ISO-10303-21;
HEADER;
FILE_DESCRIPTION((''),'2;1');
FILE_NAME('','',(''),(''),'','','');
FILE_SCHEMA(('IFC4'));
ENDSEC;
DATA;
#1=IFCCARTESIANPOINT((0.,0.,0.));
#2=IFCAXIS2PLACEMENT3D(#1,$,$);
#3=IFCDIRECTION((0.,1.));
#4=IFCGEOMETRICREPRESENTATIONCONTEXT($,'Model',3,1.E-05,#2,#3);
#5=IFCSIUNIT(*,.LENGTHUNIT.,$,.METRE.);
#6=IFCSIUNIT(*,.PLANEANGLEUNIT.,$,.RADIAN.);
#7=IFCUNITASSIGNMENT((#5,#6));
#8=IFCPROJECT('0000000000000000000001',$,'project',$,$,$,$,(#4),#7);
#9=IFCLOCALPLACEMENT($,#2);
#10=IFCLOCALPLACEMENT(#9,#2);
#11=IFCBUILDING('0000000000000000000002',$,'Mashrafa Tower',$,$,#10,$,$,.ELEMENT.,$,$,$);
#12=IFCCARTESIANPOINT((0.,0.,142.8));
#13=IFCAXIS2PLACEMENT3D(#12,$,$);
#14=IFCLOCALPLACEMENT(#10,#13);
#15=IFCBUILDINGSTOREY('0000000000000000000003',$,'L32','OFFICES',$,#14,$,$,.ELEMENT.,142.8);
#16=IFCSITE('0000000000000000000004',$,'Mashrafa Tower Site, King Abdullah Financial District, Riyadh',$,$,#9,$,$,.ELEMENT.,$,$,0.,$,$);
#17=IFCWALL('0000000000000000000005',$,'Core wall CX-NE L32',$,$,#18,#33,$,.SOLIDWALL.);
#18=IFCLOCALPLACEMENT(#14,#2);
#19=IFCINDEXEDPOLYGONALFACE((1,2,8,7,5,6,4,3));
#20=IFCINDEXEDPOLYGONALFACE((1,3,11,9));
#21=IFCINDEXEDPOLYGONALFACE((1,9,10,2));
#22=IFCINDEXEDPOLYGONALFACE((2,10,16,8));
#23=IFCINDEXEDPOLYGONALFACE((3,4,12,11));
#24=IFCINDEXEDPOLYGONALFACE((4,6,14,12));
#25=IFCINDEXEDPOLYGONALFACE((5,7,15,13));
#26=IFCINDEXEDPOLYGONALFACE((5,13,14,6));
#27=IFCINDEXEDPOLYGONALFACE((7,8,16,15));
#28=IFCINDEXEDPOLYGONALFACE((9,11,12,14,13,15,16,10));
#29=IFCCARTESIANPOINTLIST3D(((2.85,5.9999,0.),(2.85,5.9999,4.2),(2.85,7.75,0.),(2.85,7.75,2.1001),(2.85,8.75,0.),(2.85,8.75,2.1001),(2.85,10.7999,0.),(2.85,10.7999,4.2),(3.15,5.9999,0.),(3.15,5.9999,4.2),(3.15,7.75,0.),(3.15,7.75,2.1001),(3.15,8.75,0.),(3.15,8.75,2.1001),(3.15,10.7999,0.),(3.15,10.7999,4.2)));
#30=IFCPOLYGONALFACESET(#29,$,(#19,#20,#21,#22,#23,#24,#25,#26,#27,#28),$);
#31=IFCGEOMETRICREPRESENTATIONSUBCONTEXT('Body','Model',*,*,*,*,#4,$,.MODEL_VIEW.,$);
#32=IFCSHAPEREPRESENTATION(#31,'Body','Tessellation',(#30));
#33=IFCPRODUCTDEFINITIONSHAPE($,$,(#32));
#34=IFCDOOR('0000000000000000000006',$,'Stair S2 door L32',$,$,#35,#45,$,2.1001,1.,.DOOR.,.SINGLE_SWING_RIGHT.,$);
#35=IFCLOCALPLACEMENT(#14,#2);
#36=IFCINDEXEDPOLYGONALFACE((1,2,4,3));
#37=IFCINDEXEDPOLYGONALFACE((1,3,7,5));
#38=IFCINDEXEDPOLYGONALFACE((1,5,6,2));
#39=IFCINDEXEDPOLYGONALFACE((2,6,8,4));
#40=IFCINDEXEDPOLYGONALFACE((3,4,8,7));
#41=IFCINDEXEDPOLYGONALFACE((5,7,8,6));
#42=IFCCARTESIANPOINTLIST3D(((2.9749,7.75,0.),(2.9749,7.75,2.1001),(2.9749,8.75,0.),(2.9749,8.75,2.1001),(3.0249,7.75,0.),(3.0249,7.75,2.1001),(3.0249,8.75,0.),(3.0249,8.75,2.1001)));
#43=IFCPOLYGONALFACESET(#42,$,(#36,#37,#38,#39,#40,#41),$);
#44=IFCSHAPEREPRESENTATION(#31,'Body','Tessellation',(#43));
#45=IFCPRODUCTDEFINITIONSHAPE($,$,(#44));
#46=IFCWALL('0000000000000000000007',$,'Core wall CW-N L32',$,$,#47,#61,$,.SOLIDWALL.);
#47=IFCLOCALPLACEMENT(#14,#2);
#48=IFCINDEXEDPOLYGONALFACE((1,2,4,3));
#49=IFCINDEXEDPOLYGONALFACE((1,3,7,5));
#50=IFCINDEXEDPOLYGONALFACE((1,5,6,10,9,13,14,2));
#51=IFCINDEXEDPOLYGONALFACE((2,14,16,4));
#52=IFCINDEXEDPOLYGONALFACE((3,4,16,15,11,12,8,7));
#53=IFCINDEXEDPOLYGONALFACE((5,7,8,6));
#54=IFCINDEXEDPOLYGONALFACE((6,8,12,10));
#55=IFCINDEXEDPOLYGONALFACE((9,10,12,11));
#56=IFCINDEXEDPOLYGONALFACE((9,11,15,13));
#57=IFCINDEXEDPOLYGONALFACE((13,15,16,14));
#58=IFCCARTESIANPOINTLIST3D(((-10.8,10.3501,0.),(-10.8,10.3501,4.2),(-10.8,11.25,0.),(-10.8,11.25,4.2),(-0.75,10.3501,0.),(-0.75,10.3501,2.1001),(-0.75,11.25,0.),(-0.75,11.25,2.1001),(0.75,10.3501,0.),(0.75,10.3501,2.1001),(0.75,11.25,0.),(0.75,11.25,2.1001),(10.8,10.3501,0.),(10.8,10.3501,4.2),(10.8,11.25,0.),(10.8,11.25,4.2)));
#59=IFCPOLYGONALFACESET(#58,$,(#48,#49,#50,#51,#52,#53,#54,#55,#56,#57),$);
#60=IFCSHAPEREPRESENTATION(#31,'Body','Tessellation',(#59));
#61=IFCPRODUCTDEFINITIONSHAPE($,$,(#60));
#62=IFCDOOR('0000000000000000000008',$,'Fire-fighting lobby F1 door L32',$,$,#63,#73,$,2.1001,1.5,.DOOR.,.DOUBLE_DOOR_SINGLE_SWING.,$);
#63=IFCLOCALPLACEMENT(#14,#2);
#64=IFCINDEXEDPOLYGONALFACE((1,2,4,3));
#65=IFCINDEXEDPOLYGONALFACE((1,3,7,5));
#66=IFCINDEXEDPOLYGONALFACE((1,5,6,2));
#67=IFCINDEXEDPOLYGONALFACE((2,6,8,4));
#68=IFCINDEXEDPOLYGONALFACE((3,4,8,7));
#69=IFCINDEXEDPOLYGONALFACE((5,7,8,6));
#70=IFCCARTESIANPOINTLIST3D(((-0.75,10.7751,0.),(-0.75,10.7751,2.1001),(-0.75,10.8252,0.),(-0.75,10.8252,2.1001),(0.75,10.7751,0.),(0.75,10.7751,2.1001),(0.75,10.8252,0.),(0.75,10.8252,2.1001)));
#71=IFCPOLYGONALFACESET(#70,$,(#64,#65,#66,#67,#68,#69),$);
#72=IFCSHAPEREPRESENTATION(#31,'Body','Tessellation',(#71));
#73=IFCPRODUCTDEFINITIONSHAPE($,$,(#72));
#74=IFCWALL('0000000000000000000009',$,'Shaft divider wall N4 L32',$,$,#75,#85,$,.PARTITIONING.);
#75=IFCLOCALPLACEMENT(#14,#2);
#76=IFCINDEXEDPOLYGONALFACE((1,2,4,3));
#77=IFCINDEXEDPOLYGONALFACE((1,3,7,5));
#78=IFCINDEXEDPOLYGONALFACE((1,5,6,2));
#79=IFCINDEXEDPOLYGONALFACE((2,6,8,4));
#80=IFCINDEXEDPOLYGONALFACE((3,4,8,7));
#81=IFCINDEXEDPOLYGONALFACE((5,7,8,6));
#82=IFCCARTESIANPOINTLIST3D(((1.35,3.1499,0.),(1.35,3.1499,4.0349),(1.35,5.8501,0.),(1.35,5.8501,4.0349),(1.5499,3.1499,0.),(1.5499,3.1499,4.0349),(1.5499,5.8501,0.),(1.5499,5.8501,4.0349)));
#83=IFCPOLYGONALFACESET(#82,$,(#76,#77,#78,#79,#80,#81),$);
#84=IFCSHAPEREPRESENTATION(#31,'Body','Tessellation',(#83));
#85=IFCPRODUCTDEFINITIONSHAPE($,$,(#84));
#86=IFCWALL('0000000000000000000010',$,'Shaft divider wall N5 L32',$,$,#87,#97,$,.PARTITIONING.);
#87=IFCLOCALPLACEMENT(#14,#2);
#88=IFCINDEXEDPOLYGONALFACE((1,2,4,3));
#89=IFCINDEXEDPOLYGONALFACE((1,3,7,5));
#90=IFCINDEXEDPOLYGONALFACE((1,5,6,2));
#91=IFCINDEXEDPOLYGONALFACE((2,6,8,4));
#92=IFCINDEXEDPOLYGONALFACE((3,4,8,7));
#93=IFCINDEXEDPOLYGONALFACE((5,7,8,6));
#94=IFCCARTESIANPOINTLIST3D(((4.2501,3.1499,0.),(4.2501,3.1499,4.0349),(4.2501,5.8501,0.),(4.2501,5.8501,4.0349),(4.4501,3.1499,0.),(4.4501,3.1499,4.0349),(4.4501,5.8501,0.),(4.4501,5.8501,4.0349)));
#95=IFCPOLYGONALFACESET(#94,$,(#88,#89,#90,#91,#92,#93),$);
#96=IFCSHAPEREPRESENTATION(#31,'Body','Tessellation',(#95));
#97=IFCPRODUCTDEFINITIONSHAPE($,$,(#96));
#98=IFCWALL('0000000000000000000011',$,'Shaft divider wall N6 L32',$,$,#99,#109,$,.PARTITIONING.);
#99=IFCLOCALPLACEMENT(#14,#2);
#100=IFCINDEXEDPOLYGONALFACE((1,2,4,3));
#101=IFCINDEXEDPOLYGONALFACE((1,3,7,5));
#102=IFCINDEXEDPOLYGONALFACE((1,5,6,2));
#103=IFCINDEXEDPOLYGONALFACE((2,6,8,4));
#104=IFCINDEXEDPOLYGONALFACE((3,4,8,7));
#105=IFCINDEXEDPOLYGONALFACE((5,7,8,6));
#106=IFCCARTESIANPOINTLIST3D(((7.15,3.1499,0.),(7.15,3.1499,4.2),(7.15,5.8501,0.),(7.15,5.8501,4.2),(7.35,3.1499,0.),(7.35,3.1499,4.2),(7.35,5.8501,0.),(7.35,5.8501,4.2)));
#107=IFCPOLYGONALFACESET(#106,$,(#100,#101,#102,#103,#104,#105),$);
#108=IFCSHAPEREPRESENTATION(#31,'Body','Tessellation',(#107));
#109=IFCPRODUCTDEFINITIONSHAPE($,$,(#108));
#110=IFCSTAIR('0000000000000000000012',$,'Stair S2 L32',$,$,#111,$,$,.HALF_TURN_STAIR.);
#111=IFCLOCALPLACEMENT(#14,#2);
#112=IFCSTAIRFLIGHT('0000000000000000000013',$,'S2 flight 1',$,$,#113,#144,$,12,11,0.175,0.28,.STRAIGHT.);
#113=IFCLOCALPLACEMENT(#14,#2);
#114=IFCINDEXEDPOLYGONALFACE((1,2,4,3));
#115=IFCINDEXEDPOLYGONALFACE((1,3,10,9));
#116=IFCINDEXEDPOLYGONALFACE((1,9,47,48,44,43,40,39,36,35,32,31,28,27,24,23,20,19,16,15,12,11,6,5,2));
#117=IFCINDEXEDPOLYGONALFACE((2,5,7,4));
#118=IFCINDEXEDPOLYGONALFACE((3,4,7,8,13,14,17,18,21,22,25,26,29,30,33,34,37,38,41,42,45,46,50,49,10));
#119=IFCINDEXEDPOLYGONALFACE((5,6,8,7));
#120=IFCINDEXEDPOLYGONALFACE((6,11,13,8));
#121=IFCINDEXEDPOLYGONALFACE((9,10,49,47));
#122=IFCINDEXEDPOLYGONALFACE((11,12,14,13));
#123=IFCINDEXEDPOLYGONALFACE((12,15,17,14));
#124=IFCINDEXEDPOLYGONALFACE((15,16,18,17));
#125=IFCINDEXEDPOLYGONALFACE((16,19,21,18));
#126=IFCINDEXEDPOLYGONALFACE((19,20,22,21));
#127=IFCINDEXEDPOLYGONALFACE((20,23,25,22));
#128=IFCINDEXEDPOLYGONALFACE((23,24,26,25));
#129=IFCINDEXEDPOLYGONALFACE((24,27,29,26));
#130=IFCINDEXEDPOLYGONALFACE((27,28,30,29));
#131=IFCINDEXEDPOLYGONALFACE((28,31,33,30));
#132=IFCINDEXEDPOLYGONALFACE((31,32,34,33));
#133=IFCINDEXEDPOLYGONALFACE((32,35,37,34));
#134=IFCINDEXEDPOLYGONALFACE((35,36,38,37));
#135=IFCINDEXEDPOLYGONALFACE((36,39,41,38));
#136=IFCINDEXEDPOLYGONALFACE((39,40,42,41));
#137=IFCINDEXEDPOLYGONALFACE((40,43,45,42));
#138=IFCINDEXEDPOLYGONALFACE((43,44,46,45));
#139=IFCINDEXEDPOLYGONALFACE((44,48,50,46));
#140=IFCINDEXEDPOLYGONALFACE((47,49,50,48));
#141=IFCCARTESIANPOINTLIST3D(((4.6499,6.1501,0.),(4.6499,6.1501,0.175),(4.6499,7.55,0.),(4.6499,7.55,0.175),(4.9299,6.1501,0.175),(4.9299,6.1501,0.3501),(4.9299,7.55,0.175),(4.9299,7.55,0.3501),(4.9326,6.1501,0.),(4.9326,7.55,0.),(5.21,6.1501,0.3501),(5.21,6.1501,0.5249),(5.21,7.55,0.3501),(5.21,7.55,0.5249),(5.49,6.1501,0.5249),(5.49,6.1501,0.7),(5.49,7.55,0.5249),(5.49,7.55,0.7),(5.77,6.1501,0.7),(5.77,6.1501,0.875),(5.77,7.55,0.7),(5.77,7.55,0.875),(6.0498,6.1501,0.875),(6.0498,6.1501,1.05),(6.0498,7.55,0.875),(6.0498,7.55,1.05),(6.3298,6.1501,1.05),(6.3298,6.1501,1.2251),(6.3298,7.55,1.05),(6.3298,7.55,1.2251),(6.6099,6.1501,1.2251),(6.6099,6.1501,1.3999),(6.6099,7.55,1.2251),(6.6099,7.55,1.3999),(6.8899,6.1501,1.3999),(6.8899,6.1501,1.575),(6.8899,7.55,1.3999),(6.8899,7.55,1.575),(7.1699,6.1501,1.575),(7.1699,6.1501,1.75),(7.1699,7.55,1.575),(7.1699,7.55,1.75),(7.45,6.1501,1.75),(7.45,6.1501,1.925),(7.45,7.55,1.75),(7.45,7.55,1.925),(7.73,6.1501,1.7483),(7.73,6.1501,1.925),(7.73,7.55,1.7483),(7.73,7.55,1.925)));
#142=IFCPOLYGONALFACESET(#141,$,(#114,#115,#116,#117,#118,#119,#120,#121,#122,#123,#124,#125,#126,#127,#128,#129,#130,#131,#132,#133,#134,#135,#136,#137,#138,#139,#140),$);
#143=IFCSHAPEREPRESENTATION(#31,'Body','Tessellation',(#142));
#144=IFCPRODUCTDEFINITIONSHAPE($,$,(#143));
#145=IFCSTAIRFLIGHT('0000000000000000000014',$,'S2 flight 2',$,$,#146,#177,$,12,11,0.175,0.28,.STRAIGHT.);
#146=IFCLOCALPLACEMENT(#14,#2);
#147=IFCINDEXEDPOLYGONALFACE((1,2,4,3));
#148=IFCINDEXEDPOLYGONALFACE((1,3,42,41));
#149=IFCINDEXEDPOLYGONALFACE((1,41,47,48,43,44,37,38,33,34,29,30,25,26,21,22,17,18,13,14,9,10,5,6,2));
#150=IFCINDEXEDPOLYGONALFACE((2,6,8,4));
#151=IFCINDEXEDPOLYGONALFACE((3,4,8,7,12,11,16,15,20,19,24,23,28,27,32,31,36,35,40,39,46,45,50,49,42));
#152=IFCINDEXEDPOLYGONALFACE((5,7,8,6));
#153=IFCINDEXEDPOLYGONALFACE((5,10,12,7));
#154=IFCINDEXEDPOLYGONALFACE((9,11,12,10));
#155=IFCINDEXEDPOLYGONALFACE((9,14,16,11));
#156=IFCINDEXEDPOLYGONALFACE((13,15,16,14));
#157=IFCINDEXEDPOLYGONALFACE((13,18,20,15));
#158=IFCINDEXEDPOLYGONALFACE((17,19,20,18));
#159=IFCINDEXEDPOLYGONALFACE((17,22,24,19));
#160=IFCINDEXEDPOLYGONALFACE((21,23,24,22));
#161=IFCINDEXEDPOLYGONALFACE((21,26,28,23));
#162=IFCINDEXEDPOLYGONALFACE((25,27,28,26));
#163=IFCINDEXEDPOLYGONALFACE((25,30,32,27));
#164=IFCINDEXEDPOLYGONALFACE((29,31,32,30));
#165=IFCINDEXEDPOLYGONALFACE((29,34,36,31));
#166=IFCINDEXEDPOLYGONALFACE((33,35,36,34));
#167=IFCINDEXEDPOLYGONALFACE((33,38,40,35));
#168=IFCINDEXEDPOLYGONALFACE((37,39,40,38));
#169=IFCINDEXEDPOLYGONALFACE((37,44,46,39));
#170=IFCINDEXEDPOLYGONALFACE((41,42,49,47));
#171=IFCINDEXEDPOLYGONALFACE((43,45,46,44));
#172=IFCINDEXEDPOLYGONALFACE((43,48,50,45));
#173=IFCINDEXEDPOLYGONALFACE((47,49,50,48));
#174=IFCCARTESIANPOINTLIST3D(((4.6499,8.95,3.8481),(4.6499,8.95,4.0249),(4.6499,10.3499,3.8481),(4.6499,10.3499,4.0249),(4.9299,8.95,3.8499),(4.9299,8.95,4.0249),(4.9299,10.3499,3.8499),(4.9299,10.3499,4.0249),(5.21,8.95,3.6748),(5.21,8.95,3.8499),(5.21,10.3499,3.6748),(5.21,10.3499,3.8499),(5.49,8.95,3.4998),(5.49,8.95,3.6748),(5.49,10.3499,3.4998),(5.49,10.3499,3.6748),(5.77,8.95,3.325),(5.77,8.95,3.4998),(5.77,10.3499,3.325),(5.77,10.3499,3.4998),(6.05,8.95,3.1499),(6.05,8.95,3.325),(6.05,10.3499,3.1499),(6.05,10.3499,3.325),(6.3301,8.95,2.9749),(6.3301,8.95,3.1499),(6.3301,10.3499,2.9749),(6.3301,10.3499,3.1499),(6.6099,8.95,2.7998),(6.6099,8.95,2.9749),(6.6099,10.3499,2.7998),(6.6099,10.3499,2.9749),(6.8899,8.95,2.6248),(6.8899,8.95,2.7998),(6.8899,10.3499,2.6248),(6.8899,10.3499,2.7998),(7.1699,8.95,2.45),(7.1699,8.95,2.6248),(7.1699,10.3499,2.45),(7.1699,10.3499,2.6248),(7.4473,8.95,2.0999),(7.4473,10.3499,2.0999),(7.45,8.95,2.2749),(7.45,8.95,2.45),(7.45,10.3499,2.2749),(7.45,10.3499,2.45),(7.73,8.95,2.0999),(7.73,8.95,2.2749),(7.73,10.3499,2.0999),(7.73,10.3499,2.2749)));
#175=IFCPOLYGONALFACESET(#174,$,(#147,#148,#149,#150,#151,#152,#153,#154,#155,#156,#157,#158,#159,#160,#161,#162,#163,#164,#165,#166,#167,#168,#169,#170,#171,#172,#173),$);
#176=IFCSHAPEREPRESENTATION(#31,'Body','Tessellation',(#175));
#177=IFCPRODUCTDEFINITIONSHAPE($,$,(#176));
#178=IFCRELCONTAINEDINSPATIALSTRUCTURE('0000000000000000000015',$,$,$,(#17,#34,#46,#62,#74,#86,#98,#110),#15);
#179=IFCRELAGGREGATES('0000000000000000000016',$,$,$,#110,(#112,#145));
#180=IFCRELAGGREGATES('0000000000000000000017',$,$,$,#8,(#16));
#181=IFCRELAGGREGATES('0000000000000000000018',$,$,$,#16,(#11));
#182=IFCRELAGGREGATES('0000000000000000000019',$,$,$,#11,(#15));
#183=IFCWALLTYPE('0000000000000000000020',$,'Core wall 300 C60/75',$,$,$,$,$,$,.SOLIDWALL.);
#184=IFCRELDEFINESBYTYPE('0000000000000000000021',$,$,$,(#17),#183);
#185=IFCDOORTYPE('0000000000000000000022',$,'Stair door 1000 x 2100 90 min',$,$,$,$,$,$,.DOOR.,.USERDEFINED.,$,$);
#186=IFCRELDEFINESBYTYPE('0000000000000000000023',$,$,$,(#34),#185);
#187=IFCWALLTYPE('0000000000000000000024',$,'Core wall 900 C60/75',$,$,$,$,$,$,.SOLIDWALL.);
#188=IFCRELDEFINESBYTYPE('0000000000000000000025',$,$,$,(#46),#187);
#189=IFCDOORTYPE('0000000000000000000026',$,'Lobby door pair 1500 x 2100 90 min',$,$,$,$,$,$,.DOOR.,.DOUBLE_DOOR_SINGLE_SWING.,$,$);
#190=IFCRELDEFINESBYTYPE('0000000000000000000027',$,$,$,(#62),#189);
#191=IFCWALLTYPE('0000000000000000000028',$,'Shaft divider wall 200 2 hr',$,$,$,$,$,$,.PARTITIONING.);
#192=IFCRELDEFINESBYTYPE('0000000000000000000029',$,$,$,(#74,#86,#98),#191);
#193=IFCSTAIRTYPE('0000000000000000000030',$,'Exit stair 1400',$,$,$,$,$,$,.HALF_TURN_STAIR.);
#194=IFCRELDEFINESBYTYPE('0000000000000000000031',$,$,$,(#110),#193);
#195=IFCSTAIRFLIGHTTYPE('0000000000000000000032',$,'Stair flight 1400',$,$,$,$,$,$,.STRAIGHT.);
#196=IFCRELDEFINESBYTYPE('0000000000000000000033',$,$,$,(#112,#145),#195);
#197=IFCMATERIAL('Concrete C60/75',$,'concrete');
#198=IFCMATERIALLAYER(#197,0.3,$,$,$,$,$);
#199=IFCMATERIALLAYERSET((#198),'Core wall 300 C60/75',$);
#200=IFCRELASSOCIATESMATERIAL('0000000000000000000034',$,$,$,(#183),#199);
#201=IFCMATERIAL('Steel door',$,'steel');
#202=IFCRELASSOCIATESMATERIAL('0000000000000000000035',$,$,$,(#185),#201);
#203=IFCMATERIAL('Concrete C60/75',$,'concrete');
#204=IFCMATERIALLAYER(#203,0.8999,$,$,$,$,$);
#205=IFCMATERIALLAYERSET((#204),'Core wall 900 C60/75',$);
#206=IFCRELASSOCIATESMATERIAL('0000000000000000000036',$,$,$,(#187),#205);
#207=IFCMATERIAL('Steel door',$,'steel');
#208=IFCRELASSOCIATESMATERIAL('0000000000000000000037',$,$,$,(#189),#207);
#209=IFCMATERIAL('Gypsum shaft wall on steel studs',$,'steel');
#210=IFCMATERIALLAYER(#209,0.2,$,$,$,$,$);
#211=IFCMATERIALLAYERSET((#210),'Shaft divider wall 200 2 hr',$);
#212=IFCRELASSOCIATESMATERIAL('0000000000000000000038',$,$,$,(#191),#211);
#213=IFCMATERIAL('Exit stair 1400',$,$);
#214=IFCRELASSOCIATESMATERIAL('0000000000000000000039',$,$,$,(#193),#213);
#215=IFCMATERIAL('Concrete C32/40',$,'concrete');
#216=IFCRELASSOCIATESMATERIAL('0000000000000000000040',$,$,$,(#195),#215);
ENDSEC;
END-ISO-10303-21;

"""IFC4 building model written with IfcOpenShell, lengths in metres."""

from ifc_helpers import new_model, si_unit, direction, frame, frame_2d, origin, place, context, subcontext, project, spatial, polyline, rectangle, outline, extrude, material, layer, layer_set, type_object, element, fill, aggregate, save


model = new_model("IFC4")

# Units and contexts
model_context = context("Model", 3, precision=1e-05, world=origin(), true_north=direction((0.0, 1.0)))
body_context = subcontext(model_context, "Body", "Model", "MODEL_VIEW")
ifc_project = project(units=[si_unit("LENGTHUNIT", "METRE"), si_unit("PLANEANGLEUNIT", "RADIAN")], contexts=[model_context])

# Site, building, storey
site_placement = place(None, origin())
site = spatial("IfcSite", under=ifc_project, at=site_placement, Name="Mashrafa Tower Site, King Abdullah Financial District, Riyadh", CompositionType="ELEMENT", RefElevation=0.0)
building_placement = place(site_placement, origin())
building = spatial("IfcBuilding", under=site, at=building_placement, Name="Mashrafa Tower", CompositionType="ELEMENT")
storey_placement = place(building_placement, frame((0.0, 0.0, 142.8)))
storey = spatial("IfcBuildingStorey", under=building, at=storey_placement, Name="L32", Description="OFFICES", CompositionType="ELEMENT", Elevation=142.8)

# Walls, openings, doors
ifc_material_1 = material(Name="Concrete C60/75", Category="concrete")
ifc_layer_1 = layer(ifc_material_1, 0.3)
ifc_layer_set_1 = layer_set([ifc_layer_1], Name="Core wall 300 C60/75")
wall_type_1 = type_object("IfcWallType", Name="Core wall 300 C60/75", PredefinedType="SOLIDWALL", material=ifc_layer_set_1)
wall_1_placement = place(storey_placement, frame((3.0, 6.0, 0.0), z_axis=(0.0, 0.0, 1.0), x_axis=(0.0, 1.0, 0.0)))
wall_1 = element("IfcWall", 1, at=wall_1_placement, inside=storey, type_object=wall_type_1, Name="Core wall CX-NE L32", PredefinedType="SOLIDWALL", context=body_context, shape_type="SweptSolid", body=[
    extrude(rectangle(XDim=4.8, YDim=0.3, at=frame_2d((2.3999, 0.0))), origin(), (0.0, 0.0, 1.0), 4.2),
])
opening_1_placement = place(wall_1_placement, frame((1.75, 0.0, 0.0)))
opening_1 = element("IfcOpeningElement", 2, at=opening_1_placement, cuts=wall_1, PredefinedType="OPENING", context=body_context, shape_type="SweptSolid", body=[
    extrude(rectangle(XDim=1.0, YDim=2.1001, at=frame_2d((0.5, 1.05))), frame((0.0, 0.1599, 0.0), z_axis=(0.0, -1.0, 0.0), x_axis=(1.0, 0.0, 0.0)), (0.0, 0.0, 1.0), 0.3201),
])
ifc_material_2 = material(Name="Steel door", Category="steel")
door_type_1 = type_object("IfcDoorType", Name="Stair door 1000 x 2100 90 min", OperationType="USERDEFINED", PredefinedType="DOOR", material=ifc_material_2)
door_1_placement = place(opening_1_placement, frame((1.0, 0.0, 0.0), z_axis=(0.0, 0.0, 1.0), x_axis=(-1.0, 0.0, 0.0)))
door_1 = element("IfcDoor", 3, at=door_1_placement, inside=storey, type_object=door_type_1, Name="Stair S2 door L32", OperationType="SINGLE_SWING_RIGHT", OverallHeight=2.1001, OverallWidth=1.0, PredefinedType="DOOR", context=body_context, shape_type="SweptSolid", body=[
    extrude(rectangle(XDim=1.0, YDim=2.1001, at=frame_2d((0.5, 1.05))), frame((0.0, 0.0249, 0.0), z_axis=(0.0, -1.0, 0.0), x_axis=(1.0, 0.0, 0.0)), (0.0, 0.0, 1.0), 0.05),
])
fill(opening_1, door_1)
ifc_material_3 = material(Name="Concrete C60/75", Category="concrete")
ifc_layer_2 = layer(ifc_material_3, 0.8999)
ifc_layer_set_2 = layer_set([ifc_layer_2], Name="Core wall 900 C60/75")
wall_type_2 = type_object("IfcWallType", Name="Core wall 900 C60/75", PredefinedType="SOLIDWALL", material=ifc_layer_set_2)
wall_2_placement = place(storey_placement, frame((10.8, 10.8, 0.0), z_axis=(0.0, 0.0, 1.0), x_axis=(-1.0, 0.0, 0.0)))
wall_2 = element("IfcWall", 4, at=wall_2_placement, inside=storey, type_object=wall_type_2, Name="Core wall CW-N L32", PredefinedType="SOLIDWALL", context=body_context, shape_type="SweptSolid", body=[
    extrude(rectangle(XDim=21.6001, YDim=0.8999, at=frame_2d((10.8, 0.0))), origin(), (0.0, 0.0, 1.0), 4.2),
])
opening_2_placement = place(wall_2_placement, frame((10.05, 0.0, 0.0)))
opening_2 = element("IfcOpeningElement", 5, at=opening_2_placement, cuts=wall_2, PredefinedType="OPENING", context=body_context, shape_type="SweptSolid", body=[
    extrude(rectangle(XDim=1.5, YDim=2.1001, at=frame_2d((0.75, 1.05))), frame((0.0, 0.46, 0.0), z_axis=(0.0, -1.0, 0.0), x_axis=(1.0, 0.0, 0.0)), (0.0, 0.0, 1.0), 0.9199),
])
ifc_material_4 = material(Name="Steel door", Category="steel")
door_type_2 = type_object("IfcDoorType", Name="Lobby door pair 1500 x 2100 90 min", OperationType="DOUBLE_DOOR_SINGLE_SWING", PredefinedType="DOOR", material=ifc_material_4)
door_2_placement = place(opening_2_placement, origin())
door_2 = element("IfcDoor", 6, at=door_2_placement, inside=storey, type_object=door_type_2, Name="Fire-fighting lobby F1 door L32", OperationType="DOUBLE_DOOR_SINGLE_SWING", OverallHeight=2.1001, OverallWidth=1.5, PredefinedType="DOOR", context=body_context, shape_type="SweptSolid", body=[
    extrude(rectangle(XDim=1.5, YDim=2.1001, at=frame_2d((0.75, 1.05))), frame((0.0, 0.0249, 0.0), z_axis=(0.0, -1.0, 0.0), x_axis=(1.0, 0.0, 0.0)), (0.0, 0.0, 1.0), 0.05),
])
fill(opening_2, door_2)

# Walls
ifc_material_5 = material(Name="Gypsum shaft wall on steel studs", Category="steel")
ifc_layer_3 = layer(ifc_material_5, 0.2)
ifc_layer_set_3 = layer_set([ifc_layer_3], Name="Shaft divider wall 200 2 hr")
wall_type_3 = type_object("IfcWallType", Name="Shaft divider wall 200 2 hr", PredefinedType="PARTITIONING", material=ifc_layer_set_3)
for number, where, z_axis, x_axis, name in (
    (7, (1.45, 3.1499, 0.0), (0.0, 0.0, 1.0), (0.0, 1.0, 0.0), "Shaft divider wall N4 L32"),
    (8, (4.3501, 3.1499, 0.0), (0.0, 0.0, 1.0), (0.0, 1.0, 0.0), "Shaft divider wall N5 L32"),
):
    element("IfcWall", number, at=place(storey_placement, frame(where, z_axis=z_axis, x_axis=x_axis)), inside=storey, type_object=wall_type_3, Name=name, PredefinedType="PARTITIONING", context=body_context, shape_type="SweptSolid", body=[
        extrude(rectangle(XDim=2.7002, YDim=0.2, at=frame_2d((1.3501, 0.0))), origin(), (0.0, 0.0, 1.0), 4.0349),
    ])
wall_3_placement = place(storey_placement, frame((7.25, 3.1499, 0.0), z_axis=(0.0, 0.0, 1.0), x_axis=(0.0, 1.0, 0.0)))
element("IfcWall", 9, at=wall_3_placement, inside=storey, type_object=wall_type_3, Name="Shaft divider wall N6 L32", PredefinedType="PARTITIONING", context=body_context, shape_type="SweptSolid", body=[
    extrude(rectangle(XDim=2.7002, YDim=0.2, at=frame_2d((1.3501, 0.0))), origin(), (0.0, 0.0, 1.0), 4.2),
])

# Stair, stair flights
ifc_material_6 = material(Name="Exit stair 1400")
stair_type = type_object("IfcStairType", Name="Exit stair 1400", PredefinedType="HALF_TURN_STAIR", material=ifc_material_6)
stair_placement = place(storey_placement, origin())
stair = element("IfcStair", 10, at=stair_placement, inside=storey, type_object=stair_type, Name="Stair S2 L32", PredefinedType="HALF_TURN_STAIR")
ifc_material_7 = material(Name="Concrete C32/40", Category="concrete")
stair_flight_type = type_object("IfcStairFlightType", Name="Stair flight 1400", PredefinedType="STRAIGHT", material=ifc_material_7)
stair_flight_1_placement = place(storey_placement, frame((4.6499, 6.8501, 0.0), z_axis=(0.0, 0.0, 1.0), x_axis=(1.0, 0.0, 0.0)))
stair_flight_1 = element("IfcStairFlight", 11, at=stair_flight_1_placement, type_object=stair_flight_type, Name="S2 flight 1", NumberOfRisers=12, NumberOfTreads=11, PredefinedType="STRAIGHT", RiserHeight=0.175, TreadLength=0.28, context=body_context, shape_type="SweptSolid", body=[
    extrude(outline(polyline([(0.0, 0.0), (0.0, 0.175), (0.28, 0.175), (0.28, 0.3501), (0.5601, 0.3501), (0.5601, 0.5249), (0.8401, 0.5249), (0.8401, 0.7), (1.1201, 0.7), (1.1201, 0.875), (1.3999, 0.875), (1.3999, 1.05), (1.6799, 1.05), (1.6799, 1.2251), (1.96, 1.2251), (1.96, 1.3999), (2.24, 1.3999), (2.24, 1.575), (2.52, 1.575), (2.52, 1.75), (2.8, 1.75), (2.8, 1.925), (3.0801, 1.925), (3.0801, 2.1001), (3.0801, 1.7483), (0.2827, 0.0), (0.0, 0.0)])), frame((0.0, 0.7, 0.0), z_axis=(0.0, -1.0, 0.0), x_axis=(1.0, 0.0, 0.0)), (0.0, 0.0, 1.0), 1.3999),
])
stair_flight_2_placement = place(storey_placement, frame((7.73, 9.6499, 2.0999), z_axis=(0.0, 0.0, 1.0), x_axis=(-1.0, 0.0, 0.0)))
stair_flight_2 = element("IfcStairFlight", 12, at=stair_flight_2_placement, type_object=stair_flight_type, Name="S2 flight 2", NumberOfRisers=12, NumberOfTreads=11, PredefinedType="STRAIGHT", RiserHeight=0.175, TreadLength=0.28, context=body_context, shape_type="SweptSolid", body=[
    extrude(outline(polyline([(0.0, 0.0), (0.0, 0.175), (0.28, 0.175), (0.28, 0.3501), (0.5601, 0.3501), (0.5601, 0.5249), (0.8401, 0.5249), (0.8401, 0.7), (1.1201, 0.7), (1.1201, 0.875), (1.3999, 0.875), (1.3999, 1.05), (1.6799, 1.05), (1.6799, 1.2251), (1.96, 1.2251), (1.96, 1.3999), (2.24, 1.3999), (2.24, 1.575), (2.52, 1.575), (2.52, 1.75), (2.8, 1.75), (2.8, 1.925), (3.0801, 1.925), (3.0801, 2.1001), (3.0801, 1.7483), (0.2827, 0.0), (0.0, 0.0)])), frame((0.0, 0.7, 0.0), z_axis=(0.0, -1.0, 0.0), x_axis=(1.0, 0.0, 0.0)), (0.0, 0.0, 1.0), 1.3999),
])
aggregate(stair, [stair_flight_1, stair_flight_2])

save(model, "model.ifc")
